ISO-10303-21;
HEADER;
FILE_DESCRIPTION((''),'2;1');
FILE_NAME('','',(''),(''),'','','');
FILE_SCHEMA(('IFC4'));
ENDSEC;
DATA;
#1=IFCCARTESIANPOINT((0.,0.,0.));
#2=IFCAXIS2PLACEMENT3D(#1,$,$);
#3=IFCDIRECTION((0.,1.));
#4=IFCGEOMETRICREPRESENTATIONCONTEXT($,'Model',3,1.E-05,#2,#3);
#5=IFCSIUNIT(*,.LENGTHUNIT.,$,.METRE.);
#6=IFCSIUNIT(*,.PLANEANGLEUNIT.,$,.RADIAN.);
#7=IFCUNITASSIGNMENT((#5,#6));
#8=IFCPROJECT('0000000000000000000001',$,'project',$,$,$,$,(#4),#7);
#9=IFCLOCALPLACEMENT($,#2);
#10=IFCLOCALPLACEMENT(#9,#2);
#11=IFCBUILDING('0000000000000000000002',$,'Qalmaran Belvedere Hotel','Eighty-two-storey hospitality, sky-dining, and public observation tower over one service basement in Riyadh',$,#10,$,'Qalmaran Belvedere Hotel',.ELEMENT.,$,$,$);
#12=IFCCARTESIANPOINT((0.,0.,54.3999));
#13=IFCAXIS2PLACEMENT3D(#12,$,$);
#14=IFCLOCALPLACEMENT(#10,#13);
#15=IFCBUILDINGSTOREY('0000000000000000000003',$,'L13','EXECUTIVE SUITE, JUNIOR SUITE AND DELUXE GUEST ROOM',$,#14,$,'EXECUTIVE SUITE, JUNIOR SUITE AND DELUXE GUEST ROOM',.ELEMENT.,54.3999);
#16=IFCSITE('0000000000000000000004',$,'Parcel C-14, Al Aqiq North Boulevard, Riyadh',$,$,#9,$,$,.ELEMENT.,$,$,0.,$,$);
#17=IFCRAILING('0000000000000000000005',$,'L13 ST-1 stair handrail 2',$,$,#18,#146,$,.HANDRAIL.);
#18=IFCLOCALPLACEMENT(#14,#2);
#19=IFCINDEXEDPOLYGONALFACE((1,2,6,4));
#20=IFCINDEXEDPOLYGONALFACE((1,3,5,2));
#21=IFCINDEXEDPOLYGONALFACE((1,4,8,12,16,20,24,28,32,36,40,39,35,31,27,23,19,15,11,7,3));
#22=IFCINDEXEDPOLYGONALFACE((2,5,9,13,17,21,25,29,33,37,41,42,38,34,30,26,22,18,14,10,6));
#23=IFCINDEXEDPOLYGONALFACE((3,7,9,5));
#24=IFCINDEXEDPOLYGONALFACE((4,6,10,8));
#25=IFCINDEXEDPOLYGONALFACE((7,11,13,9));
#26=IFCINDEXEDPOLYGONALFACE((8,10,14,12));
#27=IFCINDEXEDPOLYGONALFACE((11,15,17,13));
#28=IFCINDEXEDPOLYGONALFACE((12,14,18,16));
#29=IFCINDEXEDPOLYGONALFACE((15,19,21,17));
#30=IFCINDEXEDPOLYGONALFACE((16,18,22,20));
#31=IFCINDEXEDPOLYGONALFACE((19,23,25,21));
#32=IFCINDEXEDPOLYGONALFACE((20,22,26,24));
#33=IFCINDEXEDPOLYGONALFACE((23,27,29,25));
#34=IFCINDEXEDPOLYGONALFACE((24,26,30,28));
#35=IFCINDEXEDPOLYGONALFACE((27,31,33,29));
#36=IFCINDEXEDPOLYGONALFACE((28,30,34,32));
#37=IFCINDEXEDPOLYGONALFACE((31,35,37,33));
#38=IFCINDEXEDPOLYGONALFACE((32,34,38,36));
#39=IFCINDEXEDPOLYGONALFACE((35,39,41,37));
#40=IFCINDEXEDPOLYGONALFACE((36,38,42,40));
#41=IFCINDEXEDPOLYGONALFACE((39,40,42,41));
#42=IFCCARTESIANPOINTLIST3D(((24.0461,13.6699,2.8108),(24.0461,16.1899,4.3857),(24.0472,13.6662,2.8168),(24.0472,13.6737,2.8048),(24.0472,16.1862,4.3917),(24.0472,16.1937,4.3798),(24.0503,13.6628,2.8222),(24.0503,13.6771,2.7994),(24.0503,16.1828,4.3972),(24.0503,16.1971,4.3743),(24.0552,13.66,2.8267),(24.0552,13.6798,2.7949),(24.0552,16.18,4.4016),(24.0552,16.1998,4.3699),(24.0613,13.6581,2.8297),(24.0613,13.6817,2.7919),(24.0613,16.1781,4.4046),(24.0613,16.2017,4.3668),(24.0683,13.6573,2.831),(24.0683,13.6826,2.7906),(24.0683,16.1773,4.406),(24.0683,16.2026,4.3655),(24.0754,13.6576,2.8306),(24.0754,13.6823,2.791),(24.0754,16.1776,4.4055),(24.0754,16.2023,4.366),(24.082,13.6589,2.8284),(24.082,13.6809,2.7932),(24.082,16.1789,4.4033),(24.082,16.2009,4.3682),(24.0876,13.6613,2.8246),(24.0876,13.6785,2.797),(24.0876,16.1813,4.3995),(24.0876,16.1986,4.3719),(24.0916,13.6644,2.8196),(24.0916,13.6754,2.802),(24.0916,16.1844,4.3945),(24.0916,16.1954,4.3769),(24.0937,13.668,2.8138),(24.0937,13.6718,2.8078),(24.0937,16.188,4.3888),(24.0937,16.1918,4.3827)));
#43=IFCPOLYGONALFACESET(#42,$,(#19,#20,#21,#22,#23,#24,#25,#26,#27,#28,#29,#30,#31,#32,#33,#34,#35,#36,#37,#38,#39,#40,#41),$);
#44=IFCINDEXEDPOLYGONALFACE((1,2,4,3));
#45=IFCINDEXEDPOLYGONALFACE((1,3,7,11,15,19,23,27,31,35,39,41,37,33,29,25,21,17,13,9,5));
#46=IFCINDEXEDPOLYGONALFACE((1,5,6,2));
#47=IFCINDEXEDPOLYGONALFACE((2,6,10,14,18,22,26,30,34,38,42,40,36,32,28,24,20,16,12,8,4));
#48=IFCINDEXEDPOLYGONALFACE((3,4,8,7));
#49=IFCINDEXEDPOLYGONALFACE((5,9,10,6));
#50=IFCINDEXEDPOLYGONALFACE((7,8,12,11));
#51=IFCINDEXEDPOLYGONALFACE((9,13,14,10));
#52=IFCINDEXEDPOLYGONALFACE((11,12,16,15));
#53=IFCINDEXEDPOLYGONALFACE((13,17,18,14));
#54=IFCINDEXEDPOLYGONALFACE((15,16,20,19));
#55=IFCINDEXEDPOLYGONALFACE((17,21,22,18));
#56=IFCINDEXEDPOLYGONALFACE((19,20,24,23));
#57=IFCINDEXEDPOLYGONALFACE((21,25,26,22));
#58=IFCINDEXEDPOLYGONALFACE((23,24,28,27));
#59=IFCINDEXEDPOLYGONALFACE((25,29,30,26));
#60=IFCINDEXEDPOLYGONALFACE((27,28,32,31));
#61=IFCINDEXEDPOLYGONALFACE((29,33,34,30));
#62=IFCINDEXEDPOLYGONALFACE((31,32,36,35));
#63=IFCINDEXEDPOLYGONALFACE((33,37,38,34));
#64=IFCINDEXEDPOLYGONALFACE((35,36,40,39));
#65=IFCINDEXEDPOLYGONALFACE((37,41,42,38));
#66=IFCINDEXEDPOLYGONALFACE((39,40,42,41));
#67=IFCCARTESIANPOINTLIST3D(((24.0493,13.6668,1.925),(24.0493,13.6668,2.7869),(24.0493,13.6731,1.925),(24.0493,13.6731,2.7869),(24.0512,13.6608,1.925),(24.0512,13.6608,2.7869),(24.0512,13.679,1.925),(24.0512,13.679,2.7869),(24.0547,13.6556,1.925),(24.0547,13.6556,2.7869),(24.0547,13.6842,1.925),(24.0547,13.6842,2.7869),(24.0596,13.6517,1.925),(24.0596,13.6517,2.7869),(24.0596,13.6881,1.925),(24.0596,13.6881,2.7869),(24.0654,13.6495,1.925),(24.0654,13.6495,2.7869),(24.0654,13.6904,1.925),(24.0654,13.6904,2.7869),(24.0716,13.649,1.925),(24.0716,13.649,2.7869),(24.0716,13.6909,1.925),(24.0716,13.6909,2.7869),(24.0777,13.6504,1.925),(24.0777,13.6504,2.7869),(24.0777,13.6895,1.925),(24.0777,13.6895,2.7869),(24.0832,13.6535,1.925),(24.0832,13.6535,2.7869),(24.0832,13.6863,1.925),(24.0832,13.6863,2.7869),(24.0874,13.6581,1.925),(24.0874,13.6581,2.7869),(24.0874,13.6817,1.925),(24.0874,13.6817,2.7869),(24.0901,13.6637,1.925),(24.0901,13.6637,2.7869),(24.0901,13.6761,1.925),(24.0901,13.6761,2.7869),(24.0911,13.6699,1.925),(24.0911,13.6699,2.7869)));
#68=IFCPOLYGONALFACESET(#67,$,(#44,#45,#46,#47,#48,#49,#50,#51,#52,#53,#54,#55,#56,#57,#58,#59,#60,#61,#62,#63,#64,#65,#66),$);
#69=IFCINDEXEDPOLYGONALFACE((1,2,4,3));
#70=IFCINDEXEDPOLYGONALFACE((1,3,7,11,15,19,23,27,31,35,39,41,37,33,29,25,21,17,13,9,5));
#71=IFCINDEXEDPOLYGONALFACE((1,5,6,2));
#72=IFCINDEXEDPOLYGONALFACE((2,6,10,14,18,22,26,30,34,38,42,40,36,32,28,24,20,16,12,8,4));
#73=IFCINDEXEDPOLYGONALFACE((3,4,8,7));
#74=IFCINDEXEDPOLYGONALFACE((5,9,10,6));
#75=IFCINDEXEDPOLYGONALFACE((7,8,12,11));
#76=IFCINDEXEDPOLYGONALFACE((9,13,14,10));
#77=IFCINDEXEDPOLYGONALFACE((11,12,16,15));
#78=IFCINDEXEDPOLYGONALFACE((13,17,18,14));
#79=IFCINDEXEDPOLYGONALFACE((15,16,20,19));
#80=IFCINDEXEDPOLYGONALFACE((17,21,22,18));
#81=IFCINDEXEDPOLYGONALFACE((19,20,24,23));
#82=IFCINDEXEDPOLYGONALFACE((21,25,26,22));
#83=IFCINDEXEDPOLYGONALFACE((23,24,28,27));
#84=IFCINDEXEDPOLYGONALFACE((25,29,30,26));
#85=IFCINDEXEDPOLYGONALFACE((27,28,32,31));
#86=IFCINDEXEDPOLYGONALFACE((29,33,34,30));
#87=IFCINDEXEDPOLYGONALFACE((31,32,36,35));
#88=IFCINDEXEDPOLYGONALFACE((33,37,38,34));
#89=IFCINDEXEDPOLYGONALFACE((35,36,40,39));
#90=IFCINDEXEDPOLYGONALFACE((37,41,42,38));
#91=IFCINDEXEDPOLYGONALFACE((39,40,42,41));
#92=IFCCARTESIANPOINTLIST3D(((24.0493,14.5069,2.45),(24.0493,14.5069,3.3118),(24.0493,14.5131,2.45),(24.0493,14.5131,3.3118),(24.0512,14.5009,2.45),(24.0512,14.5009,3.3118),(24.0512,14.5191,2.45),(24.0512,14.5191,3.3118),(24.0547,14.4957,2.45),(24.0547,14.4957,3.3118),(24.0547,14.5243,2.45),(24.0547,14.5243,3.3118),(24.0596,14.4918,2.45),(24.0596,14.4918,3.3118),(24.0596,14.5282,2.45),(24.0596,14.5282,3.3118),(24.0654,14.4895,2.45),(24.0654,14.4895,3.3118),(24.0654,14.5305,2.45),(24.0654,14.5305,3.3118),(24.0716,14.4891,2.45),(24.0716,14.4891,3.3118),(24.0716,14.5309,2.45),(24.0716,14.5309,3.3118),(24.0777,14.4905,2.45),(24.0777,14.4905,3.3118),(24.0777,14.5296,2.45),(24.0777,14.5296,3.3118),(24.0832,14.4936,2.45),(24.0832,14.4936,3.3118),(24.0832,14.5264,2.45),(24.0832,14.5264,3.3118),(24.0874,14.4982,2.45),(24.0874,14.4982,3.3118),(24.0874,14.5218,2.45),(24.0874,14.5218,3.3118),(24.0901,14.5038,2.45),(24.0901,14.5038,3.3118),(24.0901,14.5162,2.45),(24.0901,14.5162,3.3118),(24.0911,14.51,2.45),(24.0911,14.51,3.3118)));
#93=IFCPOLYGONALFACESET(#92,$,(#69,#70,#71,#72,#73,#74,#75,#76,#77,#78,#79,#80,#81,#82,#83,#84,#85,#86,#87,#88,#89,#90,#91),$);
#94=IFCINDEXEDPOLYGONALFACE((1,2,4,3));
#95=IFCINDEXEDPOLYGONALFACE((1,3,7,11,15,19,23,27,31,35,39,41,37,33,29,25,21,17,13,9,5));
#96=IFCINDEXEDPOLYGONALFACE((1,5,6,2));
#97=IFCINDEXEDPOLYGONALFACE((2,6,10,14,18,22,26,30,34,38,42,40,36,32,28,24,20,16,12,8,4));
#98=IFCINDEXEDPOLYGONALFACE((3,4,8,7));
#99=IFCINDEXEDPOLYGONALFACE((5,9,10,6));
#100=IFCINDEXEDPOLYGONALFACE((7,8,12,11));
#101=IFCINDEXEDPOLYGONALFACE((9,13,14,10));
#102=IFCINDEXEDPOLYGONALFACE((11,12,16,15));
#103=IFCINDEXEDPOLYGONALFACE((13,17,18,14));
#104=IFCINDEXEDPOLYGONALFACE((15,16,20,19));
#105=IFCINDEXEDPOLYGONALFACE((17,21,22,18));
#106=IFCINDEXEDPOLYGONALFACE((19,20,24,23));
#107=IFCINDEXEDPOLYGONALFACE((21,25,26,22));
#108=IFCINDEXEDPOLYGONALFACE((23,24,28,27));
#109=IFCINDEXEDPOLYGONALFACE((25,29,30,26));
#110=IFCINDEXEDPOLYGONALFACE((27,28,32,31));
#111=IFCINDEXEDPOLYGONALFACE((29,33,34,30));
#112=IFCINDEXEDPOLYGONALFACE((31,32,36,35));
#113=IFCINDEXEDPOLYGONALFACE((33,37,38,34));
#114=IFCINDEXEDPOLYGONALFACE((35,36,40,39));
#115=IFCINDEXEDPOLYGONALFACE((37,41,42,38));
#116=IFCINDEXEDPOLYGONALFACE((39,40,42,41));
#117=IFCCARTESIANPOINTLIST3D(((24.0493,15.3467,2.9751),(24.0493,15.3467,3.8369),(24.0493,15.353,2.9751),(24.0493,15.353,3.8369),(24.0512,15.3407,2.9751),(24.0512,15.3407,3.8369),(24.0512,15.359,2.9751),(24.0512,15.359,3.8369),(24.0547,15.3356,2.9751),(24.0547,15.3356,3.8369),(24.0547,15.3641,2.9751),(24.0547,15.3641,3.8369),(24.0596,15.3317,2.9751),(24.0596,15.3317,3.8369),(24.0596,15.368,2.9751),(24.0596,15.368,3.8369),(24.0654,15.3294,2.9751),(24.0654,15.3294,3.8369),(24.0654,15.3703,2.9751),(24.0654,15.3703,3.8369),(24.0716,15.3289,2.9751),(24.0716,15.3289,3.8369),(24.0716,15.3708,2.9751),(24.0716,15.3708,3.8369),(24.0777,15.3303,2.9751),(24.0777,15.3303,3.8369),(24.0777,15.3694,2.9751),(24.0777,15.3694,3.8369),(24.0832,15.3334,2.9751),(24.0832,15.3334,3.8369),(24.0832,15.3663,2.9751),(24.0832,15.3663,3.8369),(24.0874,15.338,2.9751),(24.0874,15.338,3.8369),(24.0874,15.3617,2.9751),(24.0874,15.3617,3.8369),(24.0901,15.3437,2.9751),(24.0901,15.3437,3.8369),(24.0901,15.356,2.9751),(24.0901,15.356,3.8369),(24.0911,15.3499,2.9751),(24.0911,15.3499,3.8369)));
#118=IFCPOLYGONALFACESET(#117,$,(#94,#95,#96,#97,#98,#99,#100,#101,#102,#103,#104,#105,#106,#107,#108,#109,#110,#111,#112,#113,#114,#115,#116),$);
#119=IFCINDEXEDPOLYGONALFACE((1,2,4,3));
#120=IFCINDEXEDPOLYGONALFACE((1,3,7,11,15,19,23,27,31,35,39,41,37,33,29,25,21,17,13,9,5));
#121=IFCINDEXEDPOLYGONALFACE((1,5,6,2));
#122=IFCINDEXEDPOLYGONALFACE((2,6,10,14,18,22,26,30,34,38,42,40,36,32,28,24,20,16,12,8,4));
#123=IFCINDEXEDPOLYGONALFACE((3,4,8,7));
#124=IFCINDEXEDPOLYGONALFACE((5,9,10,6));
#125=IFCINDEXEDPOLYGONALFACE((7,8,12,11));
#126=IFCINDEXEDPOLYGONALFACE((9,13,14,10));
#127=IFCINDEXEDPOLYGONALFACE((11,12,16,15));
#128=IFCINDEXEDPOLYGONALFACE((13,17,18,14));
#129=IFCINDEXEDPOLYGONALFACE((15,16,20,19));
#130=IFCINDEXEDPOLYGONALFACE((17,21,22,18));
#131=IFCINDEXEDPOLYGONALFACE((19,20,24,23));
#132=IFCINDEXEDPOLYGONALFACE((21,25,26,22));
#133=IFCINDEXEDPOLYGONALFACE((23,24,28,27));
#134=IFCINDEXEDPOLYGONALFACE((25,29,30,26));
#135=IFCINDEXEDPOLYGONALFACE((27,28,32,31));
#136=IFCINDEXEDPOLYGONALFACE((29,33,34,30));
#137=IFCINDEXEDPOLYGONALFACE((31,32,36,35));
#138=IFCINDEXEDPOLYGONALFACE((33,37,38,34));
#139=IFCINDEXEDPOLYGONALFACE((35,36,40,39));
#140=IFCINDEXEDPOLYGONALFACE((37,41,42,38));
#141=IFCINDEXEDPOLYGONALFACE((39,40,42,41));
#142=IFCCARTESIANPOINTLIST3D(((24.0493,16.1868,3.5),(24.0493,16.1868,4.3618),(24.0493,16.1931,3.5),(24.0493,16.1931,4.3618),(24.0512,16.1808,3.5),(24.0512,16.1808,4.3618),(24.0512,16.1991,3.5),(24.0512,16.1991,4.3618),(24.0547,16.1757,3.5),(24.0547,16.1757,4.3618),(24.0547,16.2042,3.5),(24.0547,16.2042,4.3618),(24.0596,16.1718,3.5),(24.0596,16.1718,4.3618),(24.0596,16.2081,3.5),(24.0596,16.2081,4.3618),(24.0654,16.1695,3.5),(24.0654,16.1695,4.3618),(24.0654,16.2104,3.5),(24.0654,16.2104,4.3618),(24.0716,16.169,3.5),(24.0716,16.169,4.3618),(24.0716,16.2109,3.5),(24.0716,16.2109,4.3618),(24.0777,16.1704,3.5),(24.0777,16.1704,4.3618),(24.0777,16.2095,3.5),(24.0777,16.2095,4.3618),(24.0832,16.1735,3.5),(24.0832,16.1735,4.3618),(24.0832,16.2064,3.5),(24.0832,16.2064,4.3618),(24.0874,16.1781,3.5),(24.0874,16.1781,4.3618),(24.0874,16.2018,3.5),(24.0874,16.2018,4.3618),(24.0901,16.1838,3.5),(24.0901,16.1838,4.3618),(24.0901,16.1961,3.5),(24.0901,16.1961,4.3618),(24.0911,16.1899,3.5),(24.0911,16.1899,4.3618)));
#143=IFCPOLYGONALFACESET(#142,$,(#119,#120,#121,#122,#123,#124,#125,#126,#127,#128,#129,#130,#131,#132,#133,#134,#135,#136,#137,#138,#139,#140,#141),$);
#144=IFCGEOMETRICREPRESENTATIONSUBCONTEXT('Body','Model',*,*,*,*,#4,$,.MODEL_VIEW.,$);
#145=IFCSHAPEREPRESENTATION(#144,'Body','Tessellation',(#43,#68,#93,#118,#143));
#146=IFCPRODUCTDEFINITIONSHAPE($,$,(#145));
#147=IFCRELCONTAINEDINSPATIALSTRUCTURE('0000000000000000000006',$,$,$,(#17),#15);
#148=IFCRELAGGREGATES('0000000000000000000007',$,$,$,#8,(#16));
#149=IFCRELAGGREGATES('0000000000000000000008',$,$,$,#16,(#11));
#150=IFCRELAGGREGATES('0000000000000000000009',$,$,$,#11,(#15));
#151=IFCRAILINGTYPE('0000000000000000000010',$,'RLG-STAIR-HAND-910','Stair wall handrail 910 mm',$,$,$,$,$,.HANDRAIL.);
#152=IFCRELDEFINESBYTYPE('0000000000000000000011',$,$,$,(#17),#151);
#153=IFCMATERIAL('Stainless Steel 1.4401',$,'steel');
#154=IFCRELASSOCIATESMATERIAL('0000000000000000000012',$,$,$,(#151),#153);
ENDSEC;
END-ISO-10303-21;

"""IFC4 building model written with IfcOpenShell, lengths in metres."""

from ifc_helpers import new_model, si_unit, direction, frame, origin, origin_2d, place, context, subcontext, project, spatial, circle, extrude, material, type_object, element, save


model = new_model("IFC4")

# Units and contexts
model_context = context("Model", 3, precision=1e-05, world=origin(), true_north=direction((0.0, 1.0)))
body_context = subcontext(model_context, "Body", "Model", "MODEL_VIEW")
ifc_project = project(units=[si_unit("LENGTHUNIT", "METRE"), si_unit("PLANEANGLEUNIT", "RADIAN")], contexts=[model_context])

# Site, building, storey
site_placement = place(None, origin())
site = spatial("IfcSite", under=ifc_project, at=site_placement, Name="Parcel C-14, Al Aqiq North Boulevard, Riyadh", CompositionType="ELEMENT", RefElevation=0.0)
building_placement = place(site_placement, origin())
building = spatial("IfcBuilding", under=site, at=building_placement, Name="Qalmaran Belvedere Hotel", Description="Eighty-two-storey hospitality, sky-dining, and public observation tower over one service basement in Riyadh", LongName="Qalmaran Belvedere Hotel", CompositionType="ELEMENT")
storey_placement = place(building_placement, frame((0.0, 0.0, 54.3999)))
storey = spatial("IfcBuildingStorey", under=building, at=storey_placement, Name="L13", Description="EXECUTIVE SUITE, JUNIOR SUITE AND DELUXE GUEST ROOM", LongName="EXECUTIVE SUITE, JUNIOR SUITE AND DELUXE GUEST ROOM", CompositionType="ELEMENT", Elevation=54.3999)

# Shared definitions
ifc_material_1 = material(Name="Stainless Steel 1.4401", Category="steel")

# Railing
railing_type_1 = type_object("IfcRailingType", Name="RLG-STAIR-HAND-910", Description="Stair wall handrail 910 mm", PredefinedType="HANDRAIL", material=ifc_material_1)
railing_1_placement = place(storey_placement, frame((24.0701, 13.6699, 1.925)))
element("IfcRailing", 1, at=railing_1_placement, inside=storey, type_object=railing_type_1, Name="L13 ST-1 stair handrail 2", PredefinedType="HANDRAIL", context=body_context, shape_type="SweptSolid", body=[
    extrude(circle(Radius=0.0239, at=origin_2d()), frame((0.0, 0.0, 0.8857), z_axis=(0.0, 0.848008, 0.529984), x_axis=(-1.0, 0.0, 0.0)), (0.0, 0.0, 1.0), 2.9717),
    extrude(circle(Radius=0.021, at=origin_2d()), origin(), (0.0, 0.0, 1.0), 0.8618),
    extrude(circle(Radius=0.021, at=origin_2d()), frame((0.0, 0.8401, 0.5249)), (0.0, 0.0, 1.0), 0.8618),
    extrude(circle(Radius=0.021, at=origin_2d()), frame((0.0, 1.6799, 1.05)), (0.0, 0.0, 1.0), 0.8618),
    extrude(circle(Radius=0.021, at=origin_2d()), frame((0.0, 2.52, 1.575)), (0.0, 0.0, 1.0), 0.8618),
])

save(model, "model.ifc")
